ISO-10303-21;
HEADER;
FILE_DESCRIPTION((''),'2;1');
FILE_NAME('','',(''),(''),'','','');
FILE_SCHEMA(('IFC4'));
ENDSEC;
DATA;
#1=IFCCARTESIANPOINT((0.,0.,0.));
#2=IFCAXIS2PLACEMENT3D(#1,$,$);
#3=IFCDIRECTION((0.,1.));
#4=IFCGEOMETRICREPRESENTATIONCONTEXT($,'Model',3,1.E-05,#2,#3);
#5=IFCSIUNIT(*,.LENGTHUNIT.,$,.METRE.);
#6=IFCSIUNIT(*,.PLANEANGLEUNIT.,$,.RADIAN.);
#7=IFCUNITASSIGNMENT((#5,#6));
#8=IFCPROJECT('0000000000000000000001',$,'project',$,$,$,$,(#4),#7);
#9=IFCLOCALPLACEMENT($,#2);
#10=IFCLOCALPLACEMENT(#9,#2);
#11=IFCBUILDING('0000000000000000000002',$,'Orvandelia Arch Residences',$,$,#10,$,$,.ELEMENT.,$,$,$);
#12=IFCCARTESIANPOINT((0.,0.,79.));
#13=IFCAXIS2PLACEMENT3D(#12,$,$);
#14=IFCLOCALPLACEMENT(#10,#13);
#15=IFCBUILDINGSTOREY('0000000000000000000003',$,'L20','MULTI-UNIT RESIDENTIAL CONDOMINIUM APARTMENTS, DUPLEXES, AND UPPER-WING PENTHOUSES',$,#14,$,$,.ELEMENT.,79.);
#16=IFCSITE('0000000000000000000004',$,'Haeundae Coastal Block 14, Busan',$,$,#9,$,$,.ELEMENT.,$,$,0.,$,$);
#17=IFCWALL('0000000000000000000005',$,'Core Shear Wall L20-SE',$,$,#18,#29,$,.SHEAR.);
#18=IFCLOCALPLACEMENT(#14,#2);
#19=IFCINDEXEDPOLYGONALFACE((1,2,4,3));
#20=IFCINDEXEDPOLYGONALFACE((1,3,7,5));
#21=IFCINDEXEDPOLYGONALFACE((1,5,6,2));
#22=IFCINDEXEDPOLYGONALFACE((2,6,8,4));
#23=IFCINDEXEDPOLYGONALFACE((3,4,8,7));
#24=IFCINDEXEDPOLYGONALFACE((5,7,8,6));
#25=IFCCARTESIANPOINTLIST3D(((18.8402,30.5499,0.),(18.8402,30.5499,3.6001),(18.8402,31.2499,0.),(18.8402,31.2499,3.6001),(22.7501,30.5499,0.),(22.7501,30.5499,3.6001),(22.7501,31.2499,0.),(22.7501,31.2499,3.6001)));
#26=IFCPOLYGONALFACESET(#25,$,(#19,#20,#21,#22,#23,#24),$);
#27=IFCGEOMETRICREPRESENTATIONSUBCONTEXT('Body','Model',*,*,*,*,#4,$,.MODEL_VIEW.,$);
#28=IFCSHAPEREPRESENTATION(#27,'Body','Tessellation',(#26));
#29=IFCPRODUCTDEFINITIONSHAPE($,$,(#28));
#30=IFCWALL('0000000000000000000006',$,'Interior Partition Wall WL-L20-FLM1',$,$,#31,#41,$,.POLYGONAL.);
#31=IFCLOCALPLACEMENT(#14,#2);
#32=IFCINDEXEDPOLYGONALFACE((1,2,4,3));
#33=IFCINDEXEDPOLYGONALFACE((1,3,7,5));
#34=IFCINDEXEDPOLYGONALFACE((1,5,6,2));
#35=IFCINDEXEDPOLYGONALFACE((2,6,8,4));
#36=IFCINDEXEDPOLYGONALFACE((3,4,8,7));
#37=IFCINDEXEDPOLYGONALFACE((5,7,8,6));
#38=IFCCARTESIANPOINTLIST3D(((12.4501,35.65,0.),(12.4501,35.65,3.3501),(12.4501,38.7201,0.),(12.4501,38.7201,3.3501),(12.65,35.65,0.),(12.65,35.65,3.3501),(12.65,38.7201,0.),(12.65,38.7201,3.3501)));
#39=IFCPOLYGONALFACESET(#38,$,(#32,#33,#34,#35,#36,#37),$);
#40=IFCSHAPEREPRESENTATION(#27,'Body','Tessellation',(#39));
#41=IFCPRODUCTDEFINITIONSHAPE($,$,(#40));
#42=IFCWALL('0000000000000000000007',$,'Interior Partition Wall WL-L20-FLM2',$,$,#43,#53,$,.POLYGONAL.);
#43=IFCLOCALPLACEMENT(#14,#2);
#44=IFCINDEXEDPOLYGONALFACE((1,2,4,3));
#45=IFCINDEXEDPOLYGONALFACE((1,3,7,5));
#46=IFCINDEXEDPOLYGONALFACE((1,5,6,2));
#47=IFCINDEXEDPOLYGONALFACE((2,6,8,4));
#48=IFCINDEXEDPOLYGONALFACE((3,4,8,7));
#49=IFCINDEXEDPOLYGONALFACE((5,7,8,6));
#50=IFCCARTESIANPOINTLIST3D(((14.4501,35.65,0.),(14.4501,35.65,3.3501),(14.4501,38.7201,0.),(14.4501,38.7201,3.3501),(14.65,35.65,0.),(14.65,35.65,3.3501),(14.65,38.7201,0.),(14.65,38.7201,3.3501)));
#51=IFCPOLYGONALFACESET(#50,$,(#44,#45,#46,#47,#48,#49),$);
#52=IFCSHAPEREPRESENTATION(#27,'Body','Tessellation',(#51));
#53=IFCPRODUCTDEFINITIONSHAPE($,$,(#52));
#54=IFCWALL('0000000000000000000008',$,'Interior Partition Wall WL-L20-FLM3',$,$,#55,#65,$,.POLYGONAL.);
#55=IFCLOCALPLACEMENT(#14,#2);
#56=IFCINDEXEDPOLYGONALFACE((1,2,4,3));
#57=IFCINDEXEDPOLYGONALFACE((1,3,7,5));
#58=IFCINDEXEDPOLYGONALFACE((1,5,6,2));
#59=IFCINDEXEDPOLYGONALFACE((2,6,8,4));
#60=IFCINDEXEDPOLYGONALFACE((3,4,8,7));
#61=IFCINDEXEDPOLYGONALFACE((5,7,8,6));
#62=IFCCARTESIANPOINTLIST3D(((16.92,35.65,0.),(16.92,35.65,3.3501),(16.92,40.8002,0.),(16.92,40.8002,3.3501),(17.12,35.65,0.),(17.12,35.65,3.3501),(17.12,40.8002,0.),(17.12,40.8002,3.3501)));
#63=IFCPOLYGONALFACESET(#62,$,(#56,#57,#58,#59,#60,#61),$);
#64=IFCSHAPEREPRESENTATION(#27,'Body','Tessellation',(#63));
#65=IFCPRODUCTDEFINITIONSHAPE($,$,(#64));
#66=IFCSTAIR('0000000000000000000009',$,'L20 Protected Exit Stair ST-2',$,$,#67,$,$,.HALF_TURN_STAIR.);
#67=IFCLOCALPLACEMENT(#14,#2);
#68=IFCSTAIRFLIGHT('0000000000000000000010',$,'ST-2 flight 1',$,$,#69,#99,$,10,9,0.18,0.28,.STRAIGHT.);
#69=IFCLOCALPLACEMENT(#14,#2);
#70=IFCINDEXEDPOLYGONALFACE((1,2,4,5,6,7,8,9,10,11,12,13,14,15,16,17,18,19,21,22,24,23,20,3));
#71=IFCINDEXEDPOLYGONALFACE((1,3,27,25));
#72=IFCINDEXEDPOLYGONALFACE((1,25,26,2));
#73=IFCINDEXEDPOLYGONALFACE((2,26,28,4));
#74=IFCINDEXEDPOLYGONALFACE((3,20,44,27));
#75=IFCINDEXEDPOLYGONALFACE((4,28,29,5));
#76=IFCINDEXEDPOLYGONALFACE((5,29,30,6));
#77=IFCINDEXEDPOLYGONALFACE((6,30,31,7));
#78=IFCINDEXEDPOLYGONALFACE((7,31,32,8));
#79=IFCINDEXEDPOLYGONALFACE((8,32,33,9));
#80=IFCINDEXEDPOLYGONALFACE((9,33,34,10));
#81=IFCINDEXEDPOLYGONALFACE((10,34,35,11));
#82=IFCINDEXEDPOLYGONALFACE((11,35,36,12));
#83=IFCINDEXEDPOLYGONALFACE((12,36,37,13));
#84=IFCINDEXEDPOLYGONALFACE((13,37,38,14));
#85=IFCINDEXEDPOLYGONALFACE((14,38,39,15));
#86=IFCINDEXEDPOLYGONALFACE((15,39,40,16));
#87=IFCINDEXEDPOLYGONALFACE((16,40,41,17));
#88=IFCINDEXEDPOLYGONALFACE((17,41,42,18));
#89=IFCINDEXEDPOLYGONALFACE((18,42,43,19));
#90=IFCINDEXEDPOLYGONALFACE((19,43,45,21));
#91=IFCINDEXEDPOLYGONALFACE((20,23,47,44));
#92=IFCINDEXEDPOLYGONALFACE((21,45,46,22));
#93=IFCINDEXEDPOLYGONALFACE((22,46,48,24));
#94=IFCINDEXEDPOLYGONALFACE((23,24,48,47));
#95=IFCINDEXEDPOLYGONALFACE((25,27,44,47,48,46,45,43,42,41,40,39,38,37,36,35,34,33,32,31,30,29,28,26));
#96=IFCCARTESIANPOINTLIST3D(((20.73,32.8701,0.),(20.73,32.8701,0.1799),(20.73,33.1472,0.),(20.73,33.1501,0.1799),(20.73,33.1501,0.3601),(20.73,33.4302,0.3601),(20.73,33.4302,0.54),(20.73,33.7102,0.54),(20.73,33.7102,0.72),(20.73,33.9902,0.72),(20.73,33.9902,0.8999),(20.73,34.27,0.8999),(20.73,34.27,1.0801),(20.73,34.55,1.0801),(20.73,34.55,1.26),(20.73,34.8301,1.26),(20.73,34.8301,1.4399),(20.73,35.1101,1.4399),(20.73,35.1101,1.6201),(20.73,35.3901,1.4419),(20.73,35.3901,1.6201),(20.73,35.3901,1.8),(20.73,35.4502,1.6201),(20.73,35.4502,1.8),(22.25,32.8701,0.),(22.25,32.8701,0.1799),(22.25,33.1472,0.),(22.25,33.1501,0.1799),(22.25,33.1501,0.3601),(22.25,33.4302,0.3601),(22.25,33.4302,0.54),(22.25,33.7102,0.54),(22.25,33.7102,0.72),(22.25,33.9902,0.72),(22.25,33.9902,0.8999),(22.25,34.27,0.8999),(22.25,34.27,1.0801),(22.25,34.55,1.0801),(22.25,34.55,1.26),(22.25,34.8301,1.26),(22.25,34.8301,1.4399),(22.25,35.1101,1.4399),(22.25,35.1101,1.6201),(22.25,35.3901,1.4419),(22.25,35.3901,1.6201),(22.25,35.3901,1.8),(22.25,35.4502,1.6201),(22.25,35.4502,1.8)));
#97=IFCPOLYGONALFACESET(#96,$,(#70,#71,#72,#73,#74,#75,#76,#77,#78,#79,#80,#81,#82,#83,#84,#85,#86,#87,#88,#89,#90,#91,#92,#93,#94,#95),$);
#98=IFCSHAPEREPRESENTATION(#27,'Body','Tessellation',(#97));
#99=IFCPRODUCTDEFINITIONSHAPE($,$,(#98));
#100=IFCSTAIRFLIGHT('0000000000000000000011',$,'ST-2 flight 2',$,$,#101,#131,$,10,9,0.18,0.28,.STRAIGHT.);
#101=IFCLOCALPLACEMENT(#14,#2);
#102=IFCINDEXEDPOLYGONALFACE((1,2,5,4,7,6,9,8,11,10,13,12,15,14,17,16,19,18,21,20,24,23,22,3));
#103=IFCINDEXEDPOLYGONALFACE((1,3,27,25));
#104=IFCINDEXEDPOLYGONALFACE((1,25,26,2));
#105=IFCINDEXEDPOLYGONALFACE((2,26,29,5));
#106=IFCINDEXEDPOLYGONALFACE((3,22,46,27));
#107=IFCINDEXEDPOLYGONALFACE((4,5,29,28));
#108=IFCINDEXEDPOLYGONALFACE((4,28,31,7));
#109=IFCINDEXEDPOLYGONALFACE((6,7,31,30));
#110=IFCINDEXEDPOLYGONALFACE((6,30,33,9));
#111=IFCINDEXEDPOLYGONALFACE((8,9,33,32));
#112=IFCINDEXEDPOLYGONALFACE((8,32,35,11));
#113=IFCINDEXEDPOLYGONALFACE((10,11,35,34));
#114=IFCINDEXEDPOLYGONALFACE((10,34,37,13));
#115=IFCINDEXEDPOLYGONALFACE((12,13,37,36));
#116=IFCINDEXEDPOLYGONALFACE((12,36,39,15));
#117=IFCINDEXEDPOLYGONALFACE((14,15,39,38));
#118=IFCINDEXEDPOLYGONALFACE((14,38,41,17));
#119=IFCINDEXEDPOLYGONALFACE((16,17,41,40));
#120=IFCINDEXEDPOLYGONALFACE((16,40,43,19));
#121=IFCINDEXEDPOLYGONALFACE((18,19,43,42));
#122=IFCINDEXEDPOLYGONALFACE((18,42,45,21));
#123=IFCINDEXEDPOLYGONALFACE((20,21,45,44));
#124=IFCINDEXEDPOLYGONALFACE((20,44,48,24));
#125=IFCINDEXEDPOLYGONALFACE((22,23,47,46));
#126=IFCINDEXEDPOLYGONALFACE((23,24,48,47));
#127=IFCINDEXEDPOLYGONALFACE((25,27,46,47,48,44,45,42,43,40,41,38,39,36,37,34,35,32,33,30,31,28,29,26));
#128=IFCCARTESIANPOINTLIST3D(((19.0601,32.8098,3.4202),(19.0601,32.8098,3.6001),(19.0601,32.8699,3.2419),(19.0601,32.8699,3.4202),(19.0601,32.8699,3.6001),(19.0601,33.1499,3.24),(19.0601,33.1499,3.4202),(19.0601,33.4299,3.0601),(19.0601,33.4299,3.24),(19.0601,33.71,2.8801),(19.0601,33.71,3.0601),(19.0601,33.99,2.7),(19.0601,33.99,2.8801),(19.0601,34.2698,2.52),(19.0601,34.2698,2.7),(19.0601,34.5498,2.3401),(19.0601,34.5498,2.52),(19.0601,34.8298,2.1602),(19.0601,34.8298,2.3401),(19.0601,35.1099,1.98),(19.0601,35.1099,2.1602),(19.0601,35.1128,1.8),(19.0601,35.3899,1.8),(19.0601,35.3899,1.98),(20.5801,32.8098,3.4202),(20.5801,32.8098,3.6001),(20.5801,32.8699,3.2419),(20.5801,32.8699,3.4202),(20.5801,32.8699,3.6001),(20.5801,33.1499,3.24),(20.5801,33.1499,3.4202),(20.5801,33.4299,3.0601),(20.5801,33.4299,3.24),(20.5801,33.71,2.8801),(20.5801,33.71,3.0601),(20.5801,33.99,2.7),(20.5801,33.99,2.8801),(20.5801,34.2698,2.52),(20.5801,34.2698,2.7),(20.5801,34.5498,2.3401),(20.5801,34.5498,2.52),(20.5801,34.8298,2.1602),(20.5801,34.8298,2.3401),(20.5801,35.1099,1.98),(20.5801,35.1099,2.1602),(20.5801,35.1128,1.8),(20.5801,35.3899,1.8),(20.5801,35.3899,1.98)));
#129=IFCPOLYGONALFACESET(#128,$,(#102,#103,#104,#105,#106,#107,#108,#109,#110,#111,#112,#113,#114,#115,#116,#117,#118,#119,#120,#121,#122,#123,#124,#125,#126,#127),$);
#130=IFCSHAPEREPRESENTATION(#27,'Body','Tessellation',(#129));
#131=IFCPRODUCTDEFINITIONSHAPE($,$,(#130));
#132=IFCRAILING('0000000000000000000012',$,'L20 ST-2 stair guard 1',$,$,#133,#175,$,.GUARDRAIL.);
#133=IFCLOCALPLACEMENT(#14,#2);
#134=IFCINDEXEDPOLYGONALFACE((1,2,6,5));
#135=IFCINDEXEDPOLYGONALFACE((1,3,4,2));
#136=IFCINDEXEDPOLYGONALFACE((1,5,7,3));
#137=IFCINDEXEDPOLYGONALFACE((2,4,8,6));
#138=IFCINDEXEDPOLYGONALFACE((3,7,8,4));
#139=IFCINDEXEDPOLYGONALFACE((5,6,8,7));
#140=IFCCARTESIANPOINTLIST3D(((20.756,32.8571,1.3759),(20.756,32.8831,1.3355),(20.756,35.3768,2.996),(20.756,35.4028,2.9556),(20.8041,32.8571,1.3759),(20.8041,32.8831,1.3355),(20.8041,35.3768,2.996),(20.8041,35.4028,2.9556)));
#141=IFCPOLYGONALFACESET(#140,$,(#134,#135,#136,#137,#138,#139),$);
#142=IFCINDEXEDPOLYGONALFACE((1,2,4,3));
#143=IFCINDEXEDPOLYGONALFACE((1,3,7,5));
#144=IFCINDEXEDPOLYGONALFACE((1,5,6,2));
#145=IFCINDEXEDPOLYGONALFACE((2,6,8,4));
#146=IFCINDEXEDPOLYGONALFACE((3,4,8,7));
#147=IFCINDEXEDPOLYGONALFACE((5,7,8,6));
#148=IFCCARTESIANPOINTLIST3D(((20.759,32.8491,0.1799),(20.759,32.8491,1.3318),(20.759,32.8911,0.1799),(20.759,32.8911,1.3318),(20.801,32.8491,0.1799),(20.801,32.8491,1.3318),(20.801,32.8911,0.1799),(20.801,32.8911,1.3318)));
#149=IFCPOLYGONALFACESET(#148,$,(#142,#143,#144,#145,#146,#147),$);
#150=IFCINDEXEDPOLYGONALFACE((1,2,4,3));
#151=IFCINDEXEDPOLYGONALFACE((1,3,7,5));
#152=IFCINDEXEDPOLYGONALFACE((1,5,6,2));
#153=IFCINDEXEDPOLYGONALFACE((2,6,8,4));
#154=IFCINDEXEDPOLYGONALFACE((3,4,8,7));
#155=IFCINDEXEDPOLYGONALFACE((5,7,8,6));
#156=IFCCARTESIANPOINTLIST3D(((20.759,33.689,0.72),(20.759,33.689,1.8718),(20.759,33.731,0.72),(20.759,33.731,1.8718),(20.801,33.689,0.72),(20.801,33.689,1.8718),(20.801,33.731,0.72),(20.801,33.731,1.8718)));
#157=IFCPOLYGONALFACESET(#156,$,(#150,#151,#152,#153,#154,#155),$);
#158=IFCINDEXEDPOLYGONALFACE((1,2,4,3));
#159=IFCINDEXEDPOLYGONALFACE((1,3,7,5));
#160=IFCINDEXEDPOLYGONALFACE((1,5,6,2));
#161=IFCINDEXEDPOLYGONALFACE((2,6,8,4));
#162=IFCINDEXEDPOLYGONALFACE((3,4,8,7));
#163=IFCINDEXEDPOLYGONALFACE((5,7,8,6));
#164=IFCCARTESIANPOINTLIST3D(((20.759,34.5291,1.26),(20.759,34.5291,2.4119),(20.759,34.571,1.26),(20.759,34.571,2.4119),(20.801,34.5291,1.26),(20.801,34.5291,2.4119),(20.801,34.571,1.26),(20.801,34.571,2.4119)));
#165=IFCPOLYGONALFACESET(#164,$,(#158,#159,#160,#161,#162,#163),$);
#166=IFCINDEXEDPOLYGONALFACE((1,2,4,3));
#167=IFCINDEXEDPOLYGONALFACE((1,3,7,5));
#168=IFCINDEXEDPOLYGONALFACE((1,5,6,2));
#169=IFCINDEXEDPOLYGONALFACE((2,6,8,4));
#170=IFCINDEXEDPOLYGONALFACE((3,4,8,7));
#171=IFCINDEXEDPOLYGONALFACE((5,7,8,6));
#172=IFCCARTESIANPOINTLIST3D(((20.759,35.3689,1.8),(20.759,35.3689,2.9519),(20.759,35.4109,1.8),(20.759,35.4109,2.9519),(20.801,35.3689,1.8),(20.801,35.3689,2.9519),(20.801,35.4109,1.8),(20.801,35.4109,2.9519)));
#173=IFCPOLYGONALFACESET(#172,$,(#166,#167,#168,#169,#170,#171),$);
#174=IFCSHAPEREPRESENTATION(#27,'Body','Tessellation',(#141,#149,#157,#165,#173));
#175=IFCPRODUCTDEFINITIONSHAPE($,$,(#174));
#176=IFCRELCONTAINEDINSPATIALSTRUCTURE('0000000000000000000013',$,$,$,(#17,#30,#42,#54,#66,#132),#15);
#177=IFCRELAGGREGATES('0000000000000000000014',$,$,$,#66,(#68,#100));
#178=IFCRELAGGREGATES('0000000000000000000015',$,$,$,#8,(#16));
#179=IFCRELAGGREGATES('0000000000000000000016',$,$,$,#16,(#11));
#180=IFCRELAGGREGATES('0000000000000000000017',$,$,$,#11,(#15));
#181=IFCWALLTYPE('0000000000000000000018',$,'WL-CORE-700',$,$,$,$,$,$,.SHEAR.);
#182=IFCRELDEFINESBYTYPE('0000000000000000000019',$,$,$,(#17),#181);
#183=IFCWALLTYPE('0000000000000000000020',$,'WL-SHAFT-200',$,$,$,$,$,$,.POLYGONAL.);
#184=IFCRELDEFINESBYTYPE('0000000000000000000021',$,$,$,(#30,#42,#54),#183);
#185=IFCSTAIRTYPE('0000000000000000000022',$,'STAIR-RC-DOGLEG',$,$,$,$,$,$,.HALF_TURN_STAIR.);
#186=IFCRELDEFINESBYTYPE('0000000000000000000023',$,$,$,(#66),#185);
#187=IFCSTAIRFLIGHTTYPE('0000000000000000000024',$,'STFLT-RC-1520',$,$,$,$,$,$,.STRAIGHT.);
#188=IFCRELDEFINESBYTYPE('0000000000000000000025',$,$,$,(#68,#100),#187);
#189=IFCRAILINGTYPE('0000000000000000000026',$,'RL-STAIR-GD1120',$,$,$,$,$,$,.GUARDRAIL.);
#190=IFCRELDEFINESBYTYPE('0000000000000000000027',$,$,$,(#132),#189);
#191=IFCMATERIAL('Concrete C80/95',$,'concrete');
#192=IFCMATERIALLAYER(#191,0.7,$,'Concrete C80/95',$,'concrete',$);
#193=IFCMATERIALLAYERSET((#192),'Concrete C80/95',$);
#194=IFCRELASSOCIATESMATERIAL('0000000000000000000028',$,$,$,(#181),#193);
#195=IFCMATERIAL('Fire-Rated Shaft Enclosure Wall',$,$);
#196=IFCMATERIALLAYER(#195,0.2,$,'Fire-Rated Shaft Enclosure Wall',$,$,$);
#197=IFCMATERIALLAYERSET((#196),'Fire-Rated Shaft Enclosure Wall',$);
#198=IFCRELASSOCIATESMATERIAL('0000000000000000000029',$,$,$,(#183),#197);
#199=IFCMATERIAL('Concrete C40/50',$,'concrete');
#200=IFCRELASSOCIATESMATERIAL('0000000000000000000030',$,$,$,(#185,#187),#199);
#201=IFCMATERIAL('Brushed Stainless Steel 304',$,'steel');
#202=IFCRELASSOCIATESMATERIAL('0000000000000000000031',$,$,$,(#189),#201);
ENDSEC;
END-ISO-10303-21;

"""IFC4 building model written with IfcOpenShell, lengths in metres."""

from ifc_helpers import new_model, si_unit, direction, frame, frame_2d, origin, origin_2d, place, context, subcontext, project, spatial, polyline, rectangle, outline, extrude, material, layer, layer_set, type_object, element, aggregate, save


model = new_model("IFC4")

# Units and contexts
model_context = context("Model", 3, precision=1e-05, world=origin(), true_north=direction((0.0, 1.0)))
body_context = subcontext(model_context, "Body", "Model", "MODEL_VIEW")
ifc_project = project(units=[si_unit("LENGTHUNIT", "METRE"), si_unit("PLANEANGLEUNIT", "RADIAN")], contexts=[model_context])

# Site, building, storey
site_placement = place(None, origin())
site = spatial("IfcSite", under=ifc_project, at=site_placement, Name="Haeundae Coastal Block 14, Busan", CompositionType="ELEMENT", RefElevation=0.0)
building_placement = place(site_placement, origin())
building = spatial("IfcBuilding", under=site, at=building_placement, Name="Orvandelia Arch Residences", CompositionType="ELEMENT")
storey_placement = place(building_placement, frame((0.0, 0.0, 79.0)))
storey = spatial("IfcBuildingStorey", under=building, at=storey_placement, Name="L20", Description="MULTI-UNIT RESIDENTIAL CONDOMINIUM APARTMENTS, DUPLEXES, AND UPPER-WING PENTHOUSES", CompositionType="ELEMENT", Elevation=79.0)

# Shared definitions
ifc_material_1 = material(Name="Concrete C80/95", Category="concrete")

# Shared definitions
ifc_layer_1 = layer(ifc_material_1, 0.7, Name="Concrete C80/95", Category="concrete")
ifc_layer_set_1 = layer_set([ifc_layer_1], Name="Concrete C80/95")
wall_type_1 = type_object("IfcWallType", Name="WL-CORE-700", PredefinedType="SHEAR", material=ifc_layer_set_1)

# Walls
wall_1_placement = place(storey_placement, frame((18.8401, 30.8999, 0.0), z_axis=(0.0, 0.0, 1.0), x_axis=(1.0, 0.0, 0.0)))
element("IfcWall", 1, at=wall_1_placement, inside=storey, type_object=wall_type_1, Name="Core Shear Wall L20-SE", PredefinedType="SHEAR", context=body_context, shape_type="SweptSolid", body=[
    extrude(rectangle(XDim=3.9099, YDim=0.7, at=frame_2d((1.9551, 0.0))), origin(), (0.0, 0.0, 1.0), 3.6001),
])
ifc_material_2 = material(Name="Fire-Rated Shaft Enclosure Wall")
ifc_layer_2 = layer(ifc_material_2, 0.2, Name="Fire-Rated Shaft Enclosure Wall")
ifc_layer_set_2 = layer_set([ifc_layer_2], Name="Fire-Rated Shaft Enclosure Wall")
wall_type_2 = type_object("IfcWallType", Name="WL-SHAFT-200", PredefinedType="POLYGONAL", material=ifc_layer_set_2)
for number, where, z_axis, x_axis, name in (
    (2, (12.55, 35.6499, 0.0), (0.0, 0.0, 1.0), (0.0, 1.0, 0.0), "Interior Partition Wall WL-L20-FLM1"),
    (3, (14.55, 35.6499, 0.0), (0.0, 0.0, 1.0), (0.0, 1.0, 0.0), "Interior Partition Wall WL-L20-FLM2"),
):
    element("IfcWall", number, at=place(storey_placement, frame(where, z_axis=z_axis, x_axis=x_axis)), inside=storey, type_object=wall_type_2, Name=name, PredefinedType="POLYGONAL", context=body_context, shape_type="SweptSolid", body=[
        extrude(rectangle(XDim=3.0701, YDim=0.2, at=frame_2d((1.5352, 0.0))), origin(), (0.0, 0.0, 1.0), 3.3501),
    ])
wall_2_placement = place(storey_placement, frame((17.02, 35.6499, 0.0), z_axis=(0.0, 0.0, 1.0), x_axis=(0.0, 1.0, 0.0)))
element("IfcWall", 4, at=wall_2_placement, inside=storey, type_object=wall_type_2, Name="Interior Partition Wall WL-L20-FLM3", PredefinedType="POLYGONAL", context=body_context, shape_type="SweptSolid", body=[
    extrude(rectangle(XDim=5.1501, YDim=0.2, at=frame_2d((2.5752, 0.0))), origin(), (0.0, 0.0, 1.0), 3.3501),
])

# Stair, stair flights
ifc_material_3 = material(Name="Concrete C40/50", Category="concrete")
stair_type = type_object("IfcStairType", Name="STAIR-RC-DOGLEG", PredefinedType="HALF_TURN_STAIR", material=ifc_material_3)
stair_placement = place(storey_placement, origin())
stair = element("IfcStair", 5, at=stair_placement, inside=storey, type_object=stair_type, Name="L20 Protected Exit Stair ST-2", PredefinedType="HALF_TURN_STAIR")
stair_flight_type = type_object("IfcStairFlightType", Name="STFLT-RC-1520", PredefinedType="STRAIGHT", material=ifc_material_3)
stair_flight_1_placement = place(storey_placement, frame((21.49, 32.8701, 0.0), z_axis=(0.0, 0.0, 1.0), x_axis=(0.0, 1.0, 0.0)))
stair_flight_1 = element("IfcStairFlight", 6, at=stair_flight_1_placement, type_object=stair_flight_type, Name="ST-2 flight 1", NumberOfRisers=10, NumberOfTreads=9, PredefinedType="STRAIGHT", RiserHeight=0.18, TreadLength=0.28, context=body_context, shape_type="SweptSolid", body=[
    extrude(outline(polyline([(0.0, 0.0), (0.0, 0.1799), (0.28, 0.1799), (0.28, 0.3601), (0.5601, 0.3601), (0.5601, 0.54), (0.8401, 0.54), (0.8401, 0.72), (1.1201, 0.72), (1.1201, 0.8999), (1.3999, 0.8999), (1.3999, 1.0801), (1.6799, 1.0801), (1.6799, 1.26), (1.96, 1.26), (1.96, 1.4399), (2.24, 1.4399), (2.24, 1.6201), (2.52, 1.6201), (2.52, 1.8), (2.5801, 1.8), (2.5801, 1.6201), (2.52, 1.4419), (0.2771, 0.0), (0.0, 0.0)])), frame((0.0, 0.76, 0.0), z_axis=(0.0, -1.0, 0.0), x_axis=(1.0, 0.0, 0.0)), (0.0, 0.0, 1.0), 1.52),
])
stair_flight_2_placement = place(storey_placement, frame((19.8201, 35.3899, 1.8), z_axis=(0.0, 0.0, 1.0), x_axis=(0.0, -1.0, 0.0)))
stair_flight_2 = element("IfcStairFlight", 7, at=stair_flight_2_placement, type_object=stair_flight_type, Name="ST-2 flight 2", NumberOfRisers=10, NumberOfTreads=9, PredefinedType="STRAIGHT", RiserHeight=0.18, TreadLength=0.28, context=body_context, shape_type="SweptSolid", body=[
    extrude(outline(polyline([(0.0, 0.0), (0.0, 0.1799), (0.28, 0.1799), (0.28, 0.3601), (0.5601, 0.3601), (0.5601, 0.54), (0.8401, 0.54), (0.8401, 0.72), (1.1201, 0.72), (1.1201, 0.8999), (1.3999, 0.8999), (1.3999, 1.0801), (1.6799, 1.0801), (1.6799, 1.26), (1.96, 1.26), (1.96, 1.4399), (2.24, 1.4399), (2.24, 1.6201), (2.52, 1.6201), (2.52, 1.8), (2.5801, 1.8), (2.5801, 1.6201), (2.52, 1.4419), (0.2771, 0.0), (0.0, 0.0)])), frame((0.0, 0.76, 0.0), z_axis=(0.0, -1.0, 0.0), x_axis=(1.0, 0.0, 0.0)), (0.0, 0.0, 1.0), 1.52),
])
aggregate(stair, [stair_flight_1, stair_flight_2])

# Railing
ifc_material_4 = material(Name="Brushed Stainless Steel 304", Category="steel")
railing_type_1 = type_object("IfcRailingType", Name="RL-STAIR-GD1120", PredefinedType="GUARDRAIL", material=ifc_material_4)
railing_1_placement = place(storey_placement, frame((20.78, 32.8701, 0.1799)))
element("IfcRailing", 8, at=railing_1_placement, inside=storey, type_object=railing_type_1, Name="L20 ST-2 stair guard 1", PredefinedType="GUARDRAIL", context=body_context, shape_type="SweptSolid", body=[
    extrude(rectangle(XDim=0.0481, YDim=0.0481, at=origin_2d()), frame((0.0, 0.0, 1.1758), z_axis=(0.0, 0.841139, 0.540819), x_axis=(-1.0, 0.0, 0.0)), (0.0, 0.0, 1.0), 2.9956),
    extrude(rectangle(XDim=0.042, YDim=0.042, at=origin_2d()), origin(), (0.0, 0.0, 1.0), 1.1519),
    extrude(rectangle(XDim=0.042, YDim=0.042, at=origin_2d()), frame((0.0, 0.8398, 0.54)), (0.0, 0.0, 1.0), 1.1519),
    extrude(rectangle(XDim=0.042, YDim=0.042, at=origin_2d()), frame((0.0, 1.6799, 1.0801)), (0.0, 0.0, 1.0), 1.1519),
    extrude(rectangle(XDim=0.042, YDim=0.042, at=origin_2d()), frame((0.0, 2.5198, 1.6201)), (0.0, 0.0, 1.0), 1.1519),
])

save(model, "model.ifc")
